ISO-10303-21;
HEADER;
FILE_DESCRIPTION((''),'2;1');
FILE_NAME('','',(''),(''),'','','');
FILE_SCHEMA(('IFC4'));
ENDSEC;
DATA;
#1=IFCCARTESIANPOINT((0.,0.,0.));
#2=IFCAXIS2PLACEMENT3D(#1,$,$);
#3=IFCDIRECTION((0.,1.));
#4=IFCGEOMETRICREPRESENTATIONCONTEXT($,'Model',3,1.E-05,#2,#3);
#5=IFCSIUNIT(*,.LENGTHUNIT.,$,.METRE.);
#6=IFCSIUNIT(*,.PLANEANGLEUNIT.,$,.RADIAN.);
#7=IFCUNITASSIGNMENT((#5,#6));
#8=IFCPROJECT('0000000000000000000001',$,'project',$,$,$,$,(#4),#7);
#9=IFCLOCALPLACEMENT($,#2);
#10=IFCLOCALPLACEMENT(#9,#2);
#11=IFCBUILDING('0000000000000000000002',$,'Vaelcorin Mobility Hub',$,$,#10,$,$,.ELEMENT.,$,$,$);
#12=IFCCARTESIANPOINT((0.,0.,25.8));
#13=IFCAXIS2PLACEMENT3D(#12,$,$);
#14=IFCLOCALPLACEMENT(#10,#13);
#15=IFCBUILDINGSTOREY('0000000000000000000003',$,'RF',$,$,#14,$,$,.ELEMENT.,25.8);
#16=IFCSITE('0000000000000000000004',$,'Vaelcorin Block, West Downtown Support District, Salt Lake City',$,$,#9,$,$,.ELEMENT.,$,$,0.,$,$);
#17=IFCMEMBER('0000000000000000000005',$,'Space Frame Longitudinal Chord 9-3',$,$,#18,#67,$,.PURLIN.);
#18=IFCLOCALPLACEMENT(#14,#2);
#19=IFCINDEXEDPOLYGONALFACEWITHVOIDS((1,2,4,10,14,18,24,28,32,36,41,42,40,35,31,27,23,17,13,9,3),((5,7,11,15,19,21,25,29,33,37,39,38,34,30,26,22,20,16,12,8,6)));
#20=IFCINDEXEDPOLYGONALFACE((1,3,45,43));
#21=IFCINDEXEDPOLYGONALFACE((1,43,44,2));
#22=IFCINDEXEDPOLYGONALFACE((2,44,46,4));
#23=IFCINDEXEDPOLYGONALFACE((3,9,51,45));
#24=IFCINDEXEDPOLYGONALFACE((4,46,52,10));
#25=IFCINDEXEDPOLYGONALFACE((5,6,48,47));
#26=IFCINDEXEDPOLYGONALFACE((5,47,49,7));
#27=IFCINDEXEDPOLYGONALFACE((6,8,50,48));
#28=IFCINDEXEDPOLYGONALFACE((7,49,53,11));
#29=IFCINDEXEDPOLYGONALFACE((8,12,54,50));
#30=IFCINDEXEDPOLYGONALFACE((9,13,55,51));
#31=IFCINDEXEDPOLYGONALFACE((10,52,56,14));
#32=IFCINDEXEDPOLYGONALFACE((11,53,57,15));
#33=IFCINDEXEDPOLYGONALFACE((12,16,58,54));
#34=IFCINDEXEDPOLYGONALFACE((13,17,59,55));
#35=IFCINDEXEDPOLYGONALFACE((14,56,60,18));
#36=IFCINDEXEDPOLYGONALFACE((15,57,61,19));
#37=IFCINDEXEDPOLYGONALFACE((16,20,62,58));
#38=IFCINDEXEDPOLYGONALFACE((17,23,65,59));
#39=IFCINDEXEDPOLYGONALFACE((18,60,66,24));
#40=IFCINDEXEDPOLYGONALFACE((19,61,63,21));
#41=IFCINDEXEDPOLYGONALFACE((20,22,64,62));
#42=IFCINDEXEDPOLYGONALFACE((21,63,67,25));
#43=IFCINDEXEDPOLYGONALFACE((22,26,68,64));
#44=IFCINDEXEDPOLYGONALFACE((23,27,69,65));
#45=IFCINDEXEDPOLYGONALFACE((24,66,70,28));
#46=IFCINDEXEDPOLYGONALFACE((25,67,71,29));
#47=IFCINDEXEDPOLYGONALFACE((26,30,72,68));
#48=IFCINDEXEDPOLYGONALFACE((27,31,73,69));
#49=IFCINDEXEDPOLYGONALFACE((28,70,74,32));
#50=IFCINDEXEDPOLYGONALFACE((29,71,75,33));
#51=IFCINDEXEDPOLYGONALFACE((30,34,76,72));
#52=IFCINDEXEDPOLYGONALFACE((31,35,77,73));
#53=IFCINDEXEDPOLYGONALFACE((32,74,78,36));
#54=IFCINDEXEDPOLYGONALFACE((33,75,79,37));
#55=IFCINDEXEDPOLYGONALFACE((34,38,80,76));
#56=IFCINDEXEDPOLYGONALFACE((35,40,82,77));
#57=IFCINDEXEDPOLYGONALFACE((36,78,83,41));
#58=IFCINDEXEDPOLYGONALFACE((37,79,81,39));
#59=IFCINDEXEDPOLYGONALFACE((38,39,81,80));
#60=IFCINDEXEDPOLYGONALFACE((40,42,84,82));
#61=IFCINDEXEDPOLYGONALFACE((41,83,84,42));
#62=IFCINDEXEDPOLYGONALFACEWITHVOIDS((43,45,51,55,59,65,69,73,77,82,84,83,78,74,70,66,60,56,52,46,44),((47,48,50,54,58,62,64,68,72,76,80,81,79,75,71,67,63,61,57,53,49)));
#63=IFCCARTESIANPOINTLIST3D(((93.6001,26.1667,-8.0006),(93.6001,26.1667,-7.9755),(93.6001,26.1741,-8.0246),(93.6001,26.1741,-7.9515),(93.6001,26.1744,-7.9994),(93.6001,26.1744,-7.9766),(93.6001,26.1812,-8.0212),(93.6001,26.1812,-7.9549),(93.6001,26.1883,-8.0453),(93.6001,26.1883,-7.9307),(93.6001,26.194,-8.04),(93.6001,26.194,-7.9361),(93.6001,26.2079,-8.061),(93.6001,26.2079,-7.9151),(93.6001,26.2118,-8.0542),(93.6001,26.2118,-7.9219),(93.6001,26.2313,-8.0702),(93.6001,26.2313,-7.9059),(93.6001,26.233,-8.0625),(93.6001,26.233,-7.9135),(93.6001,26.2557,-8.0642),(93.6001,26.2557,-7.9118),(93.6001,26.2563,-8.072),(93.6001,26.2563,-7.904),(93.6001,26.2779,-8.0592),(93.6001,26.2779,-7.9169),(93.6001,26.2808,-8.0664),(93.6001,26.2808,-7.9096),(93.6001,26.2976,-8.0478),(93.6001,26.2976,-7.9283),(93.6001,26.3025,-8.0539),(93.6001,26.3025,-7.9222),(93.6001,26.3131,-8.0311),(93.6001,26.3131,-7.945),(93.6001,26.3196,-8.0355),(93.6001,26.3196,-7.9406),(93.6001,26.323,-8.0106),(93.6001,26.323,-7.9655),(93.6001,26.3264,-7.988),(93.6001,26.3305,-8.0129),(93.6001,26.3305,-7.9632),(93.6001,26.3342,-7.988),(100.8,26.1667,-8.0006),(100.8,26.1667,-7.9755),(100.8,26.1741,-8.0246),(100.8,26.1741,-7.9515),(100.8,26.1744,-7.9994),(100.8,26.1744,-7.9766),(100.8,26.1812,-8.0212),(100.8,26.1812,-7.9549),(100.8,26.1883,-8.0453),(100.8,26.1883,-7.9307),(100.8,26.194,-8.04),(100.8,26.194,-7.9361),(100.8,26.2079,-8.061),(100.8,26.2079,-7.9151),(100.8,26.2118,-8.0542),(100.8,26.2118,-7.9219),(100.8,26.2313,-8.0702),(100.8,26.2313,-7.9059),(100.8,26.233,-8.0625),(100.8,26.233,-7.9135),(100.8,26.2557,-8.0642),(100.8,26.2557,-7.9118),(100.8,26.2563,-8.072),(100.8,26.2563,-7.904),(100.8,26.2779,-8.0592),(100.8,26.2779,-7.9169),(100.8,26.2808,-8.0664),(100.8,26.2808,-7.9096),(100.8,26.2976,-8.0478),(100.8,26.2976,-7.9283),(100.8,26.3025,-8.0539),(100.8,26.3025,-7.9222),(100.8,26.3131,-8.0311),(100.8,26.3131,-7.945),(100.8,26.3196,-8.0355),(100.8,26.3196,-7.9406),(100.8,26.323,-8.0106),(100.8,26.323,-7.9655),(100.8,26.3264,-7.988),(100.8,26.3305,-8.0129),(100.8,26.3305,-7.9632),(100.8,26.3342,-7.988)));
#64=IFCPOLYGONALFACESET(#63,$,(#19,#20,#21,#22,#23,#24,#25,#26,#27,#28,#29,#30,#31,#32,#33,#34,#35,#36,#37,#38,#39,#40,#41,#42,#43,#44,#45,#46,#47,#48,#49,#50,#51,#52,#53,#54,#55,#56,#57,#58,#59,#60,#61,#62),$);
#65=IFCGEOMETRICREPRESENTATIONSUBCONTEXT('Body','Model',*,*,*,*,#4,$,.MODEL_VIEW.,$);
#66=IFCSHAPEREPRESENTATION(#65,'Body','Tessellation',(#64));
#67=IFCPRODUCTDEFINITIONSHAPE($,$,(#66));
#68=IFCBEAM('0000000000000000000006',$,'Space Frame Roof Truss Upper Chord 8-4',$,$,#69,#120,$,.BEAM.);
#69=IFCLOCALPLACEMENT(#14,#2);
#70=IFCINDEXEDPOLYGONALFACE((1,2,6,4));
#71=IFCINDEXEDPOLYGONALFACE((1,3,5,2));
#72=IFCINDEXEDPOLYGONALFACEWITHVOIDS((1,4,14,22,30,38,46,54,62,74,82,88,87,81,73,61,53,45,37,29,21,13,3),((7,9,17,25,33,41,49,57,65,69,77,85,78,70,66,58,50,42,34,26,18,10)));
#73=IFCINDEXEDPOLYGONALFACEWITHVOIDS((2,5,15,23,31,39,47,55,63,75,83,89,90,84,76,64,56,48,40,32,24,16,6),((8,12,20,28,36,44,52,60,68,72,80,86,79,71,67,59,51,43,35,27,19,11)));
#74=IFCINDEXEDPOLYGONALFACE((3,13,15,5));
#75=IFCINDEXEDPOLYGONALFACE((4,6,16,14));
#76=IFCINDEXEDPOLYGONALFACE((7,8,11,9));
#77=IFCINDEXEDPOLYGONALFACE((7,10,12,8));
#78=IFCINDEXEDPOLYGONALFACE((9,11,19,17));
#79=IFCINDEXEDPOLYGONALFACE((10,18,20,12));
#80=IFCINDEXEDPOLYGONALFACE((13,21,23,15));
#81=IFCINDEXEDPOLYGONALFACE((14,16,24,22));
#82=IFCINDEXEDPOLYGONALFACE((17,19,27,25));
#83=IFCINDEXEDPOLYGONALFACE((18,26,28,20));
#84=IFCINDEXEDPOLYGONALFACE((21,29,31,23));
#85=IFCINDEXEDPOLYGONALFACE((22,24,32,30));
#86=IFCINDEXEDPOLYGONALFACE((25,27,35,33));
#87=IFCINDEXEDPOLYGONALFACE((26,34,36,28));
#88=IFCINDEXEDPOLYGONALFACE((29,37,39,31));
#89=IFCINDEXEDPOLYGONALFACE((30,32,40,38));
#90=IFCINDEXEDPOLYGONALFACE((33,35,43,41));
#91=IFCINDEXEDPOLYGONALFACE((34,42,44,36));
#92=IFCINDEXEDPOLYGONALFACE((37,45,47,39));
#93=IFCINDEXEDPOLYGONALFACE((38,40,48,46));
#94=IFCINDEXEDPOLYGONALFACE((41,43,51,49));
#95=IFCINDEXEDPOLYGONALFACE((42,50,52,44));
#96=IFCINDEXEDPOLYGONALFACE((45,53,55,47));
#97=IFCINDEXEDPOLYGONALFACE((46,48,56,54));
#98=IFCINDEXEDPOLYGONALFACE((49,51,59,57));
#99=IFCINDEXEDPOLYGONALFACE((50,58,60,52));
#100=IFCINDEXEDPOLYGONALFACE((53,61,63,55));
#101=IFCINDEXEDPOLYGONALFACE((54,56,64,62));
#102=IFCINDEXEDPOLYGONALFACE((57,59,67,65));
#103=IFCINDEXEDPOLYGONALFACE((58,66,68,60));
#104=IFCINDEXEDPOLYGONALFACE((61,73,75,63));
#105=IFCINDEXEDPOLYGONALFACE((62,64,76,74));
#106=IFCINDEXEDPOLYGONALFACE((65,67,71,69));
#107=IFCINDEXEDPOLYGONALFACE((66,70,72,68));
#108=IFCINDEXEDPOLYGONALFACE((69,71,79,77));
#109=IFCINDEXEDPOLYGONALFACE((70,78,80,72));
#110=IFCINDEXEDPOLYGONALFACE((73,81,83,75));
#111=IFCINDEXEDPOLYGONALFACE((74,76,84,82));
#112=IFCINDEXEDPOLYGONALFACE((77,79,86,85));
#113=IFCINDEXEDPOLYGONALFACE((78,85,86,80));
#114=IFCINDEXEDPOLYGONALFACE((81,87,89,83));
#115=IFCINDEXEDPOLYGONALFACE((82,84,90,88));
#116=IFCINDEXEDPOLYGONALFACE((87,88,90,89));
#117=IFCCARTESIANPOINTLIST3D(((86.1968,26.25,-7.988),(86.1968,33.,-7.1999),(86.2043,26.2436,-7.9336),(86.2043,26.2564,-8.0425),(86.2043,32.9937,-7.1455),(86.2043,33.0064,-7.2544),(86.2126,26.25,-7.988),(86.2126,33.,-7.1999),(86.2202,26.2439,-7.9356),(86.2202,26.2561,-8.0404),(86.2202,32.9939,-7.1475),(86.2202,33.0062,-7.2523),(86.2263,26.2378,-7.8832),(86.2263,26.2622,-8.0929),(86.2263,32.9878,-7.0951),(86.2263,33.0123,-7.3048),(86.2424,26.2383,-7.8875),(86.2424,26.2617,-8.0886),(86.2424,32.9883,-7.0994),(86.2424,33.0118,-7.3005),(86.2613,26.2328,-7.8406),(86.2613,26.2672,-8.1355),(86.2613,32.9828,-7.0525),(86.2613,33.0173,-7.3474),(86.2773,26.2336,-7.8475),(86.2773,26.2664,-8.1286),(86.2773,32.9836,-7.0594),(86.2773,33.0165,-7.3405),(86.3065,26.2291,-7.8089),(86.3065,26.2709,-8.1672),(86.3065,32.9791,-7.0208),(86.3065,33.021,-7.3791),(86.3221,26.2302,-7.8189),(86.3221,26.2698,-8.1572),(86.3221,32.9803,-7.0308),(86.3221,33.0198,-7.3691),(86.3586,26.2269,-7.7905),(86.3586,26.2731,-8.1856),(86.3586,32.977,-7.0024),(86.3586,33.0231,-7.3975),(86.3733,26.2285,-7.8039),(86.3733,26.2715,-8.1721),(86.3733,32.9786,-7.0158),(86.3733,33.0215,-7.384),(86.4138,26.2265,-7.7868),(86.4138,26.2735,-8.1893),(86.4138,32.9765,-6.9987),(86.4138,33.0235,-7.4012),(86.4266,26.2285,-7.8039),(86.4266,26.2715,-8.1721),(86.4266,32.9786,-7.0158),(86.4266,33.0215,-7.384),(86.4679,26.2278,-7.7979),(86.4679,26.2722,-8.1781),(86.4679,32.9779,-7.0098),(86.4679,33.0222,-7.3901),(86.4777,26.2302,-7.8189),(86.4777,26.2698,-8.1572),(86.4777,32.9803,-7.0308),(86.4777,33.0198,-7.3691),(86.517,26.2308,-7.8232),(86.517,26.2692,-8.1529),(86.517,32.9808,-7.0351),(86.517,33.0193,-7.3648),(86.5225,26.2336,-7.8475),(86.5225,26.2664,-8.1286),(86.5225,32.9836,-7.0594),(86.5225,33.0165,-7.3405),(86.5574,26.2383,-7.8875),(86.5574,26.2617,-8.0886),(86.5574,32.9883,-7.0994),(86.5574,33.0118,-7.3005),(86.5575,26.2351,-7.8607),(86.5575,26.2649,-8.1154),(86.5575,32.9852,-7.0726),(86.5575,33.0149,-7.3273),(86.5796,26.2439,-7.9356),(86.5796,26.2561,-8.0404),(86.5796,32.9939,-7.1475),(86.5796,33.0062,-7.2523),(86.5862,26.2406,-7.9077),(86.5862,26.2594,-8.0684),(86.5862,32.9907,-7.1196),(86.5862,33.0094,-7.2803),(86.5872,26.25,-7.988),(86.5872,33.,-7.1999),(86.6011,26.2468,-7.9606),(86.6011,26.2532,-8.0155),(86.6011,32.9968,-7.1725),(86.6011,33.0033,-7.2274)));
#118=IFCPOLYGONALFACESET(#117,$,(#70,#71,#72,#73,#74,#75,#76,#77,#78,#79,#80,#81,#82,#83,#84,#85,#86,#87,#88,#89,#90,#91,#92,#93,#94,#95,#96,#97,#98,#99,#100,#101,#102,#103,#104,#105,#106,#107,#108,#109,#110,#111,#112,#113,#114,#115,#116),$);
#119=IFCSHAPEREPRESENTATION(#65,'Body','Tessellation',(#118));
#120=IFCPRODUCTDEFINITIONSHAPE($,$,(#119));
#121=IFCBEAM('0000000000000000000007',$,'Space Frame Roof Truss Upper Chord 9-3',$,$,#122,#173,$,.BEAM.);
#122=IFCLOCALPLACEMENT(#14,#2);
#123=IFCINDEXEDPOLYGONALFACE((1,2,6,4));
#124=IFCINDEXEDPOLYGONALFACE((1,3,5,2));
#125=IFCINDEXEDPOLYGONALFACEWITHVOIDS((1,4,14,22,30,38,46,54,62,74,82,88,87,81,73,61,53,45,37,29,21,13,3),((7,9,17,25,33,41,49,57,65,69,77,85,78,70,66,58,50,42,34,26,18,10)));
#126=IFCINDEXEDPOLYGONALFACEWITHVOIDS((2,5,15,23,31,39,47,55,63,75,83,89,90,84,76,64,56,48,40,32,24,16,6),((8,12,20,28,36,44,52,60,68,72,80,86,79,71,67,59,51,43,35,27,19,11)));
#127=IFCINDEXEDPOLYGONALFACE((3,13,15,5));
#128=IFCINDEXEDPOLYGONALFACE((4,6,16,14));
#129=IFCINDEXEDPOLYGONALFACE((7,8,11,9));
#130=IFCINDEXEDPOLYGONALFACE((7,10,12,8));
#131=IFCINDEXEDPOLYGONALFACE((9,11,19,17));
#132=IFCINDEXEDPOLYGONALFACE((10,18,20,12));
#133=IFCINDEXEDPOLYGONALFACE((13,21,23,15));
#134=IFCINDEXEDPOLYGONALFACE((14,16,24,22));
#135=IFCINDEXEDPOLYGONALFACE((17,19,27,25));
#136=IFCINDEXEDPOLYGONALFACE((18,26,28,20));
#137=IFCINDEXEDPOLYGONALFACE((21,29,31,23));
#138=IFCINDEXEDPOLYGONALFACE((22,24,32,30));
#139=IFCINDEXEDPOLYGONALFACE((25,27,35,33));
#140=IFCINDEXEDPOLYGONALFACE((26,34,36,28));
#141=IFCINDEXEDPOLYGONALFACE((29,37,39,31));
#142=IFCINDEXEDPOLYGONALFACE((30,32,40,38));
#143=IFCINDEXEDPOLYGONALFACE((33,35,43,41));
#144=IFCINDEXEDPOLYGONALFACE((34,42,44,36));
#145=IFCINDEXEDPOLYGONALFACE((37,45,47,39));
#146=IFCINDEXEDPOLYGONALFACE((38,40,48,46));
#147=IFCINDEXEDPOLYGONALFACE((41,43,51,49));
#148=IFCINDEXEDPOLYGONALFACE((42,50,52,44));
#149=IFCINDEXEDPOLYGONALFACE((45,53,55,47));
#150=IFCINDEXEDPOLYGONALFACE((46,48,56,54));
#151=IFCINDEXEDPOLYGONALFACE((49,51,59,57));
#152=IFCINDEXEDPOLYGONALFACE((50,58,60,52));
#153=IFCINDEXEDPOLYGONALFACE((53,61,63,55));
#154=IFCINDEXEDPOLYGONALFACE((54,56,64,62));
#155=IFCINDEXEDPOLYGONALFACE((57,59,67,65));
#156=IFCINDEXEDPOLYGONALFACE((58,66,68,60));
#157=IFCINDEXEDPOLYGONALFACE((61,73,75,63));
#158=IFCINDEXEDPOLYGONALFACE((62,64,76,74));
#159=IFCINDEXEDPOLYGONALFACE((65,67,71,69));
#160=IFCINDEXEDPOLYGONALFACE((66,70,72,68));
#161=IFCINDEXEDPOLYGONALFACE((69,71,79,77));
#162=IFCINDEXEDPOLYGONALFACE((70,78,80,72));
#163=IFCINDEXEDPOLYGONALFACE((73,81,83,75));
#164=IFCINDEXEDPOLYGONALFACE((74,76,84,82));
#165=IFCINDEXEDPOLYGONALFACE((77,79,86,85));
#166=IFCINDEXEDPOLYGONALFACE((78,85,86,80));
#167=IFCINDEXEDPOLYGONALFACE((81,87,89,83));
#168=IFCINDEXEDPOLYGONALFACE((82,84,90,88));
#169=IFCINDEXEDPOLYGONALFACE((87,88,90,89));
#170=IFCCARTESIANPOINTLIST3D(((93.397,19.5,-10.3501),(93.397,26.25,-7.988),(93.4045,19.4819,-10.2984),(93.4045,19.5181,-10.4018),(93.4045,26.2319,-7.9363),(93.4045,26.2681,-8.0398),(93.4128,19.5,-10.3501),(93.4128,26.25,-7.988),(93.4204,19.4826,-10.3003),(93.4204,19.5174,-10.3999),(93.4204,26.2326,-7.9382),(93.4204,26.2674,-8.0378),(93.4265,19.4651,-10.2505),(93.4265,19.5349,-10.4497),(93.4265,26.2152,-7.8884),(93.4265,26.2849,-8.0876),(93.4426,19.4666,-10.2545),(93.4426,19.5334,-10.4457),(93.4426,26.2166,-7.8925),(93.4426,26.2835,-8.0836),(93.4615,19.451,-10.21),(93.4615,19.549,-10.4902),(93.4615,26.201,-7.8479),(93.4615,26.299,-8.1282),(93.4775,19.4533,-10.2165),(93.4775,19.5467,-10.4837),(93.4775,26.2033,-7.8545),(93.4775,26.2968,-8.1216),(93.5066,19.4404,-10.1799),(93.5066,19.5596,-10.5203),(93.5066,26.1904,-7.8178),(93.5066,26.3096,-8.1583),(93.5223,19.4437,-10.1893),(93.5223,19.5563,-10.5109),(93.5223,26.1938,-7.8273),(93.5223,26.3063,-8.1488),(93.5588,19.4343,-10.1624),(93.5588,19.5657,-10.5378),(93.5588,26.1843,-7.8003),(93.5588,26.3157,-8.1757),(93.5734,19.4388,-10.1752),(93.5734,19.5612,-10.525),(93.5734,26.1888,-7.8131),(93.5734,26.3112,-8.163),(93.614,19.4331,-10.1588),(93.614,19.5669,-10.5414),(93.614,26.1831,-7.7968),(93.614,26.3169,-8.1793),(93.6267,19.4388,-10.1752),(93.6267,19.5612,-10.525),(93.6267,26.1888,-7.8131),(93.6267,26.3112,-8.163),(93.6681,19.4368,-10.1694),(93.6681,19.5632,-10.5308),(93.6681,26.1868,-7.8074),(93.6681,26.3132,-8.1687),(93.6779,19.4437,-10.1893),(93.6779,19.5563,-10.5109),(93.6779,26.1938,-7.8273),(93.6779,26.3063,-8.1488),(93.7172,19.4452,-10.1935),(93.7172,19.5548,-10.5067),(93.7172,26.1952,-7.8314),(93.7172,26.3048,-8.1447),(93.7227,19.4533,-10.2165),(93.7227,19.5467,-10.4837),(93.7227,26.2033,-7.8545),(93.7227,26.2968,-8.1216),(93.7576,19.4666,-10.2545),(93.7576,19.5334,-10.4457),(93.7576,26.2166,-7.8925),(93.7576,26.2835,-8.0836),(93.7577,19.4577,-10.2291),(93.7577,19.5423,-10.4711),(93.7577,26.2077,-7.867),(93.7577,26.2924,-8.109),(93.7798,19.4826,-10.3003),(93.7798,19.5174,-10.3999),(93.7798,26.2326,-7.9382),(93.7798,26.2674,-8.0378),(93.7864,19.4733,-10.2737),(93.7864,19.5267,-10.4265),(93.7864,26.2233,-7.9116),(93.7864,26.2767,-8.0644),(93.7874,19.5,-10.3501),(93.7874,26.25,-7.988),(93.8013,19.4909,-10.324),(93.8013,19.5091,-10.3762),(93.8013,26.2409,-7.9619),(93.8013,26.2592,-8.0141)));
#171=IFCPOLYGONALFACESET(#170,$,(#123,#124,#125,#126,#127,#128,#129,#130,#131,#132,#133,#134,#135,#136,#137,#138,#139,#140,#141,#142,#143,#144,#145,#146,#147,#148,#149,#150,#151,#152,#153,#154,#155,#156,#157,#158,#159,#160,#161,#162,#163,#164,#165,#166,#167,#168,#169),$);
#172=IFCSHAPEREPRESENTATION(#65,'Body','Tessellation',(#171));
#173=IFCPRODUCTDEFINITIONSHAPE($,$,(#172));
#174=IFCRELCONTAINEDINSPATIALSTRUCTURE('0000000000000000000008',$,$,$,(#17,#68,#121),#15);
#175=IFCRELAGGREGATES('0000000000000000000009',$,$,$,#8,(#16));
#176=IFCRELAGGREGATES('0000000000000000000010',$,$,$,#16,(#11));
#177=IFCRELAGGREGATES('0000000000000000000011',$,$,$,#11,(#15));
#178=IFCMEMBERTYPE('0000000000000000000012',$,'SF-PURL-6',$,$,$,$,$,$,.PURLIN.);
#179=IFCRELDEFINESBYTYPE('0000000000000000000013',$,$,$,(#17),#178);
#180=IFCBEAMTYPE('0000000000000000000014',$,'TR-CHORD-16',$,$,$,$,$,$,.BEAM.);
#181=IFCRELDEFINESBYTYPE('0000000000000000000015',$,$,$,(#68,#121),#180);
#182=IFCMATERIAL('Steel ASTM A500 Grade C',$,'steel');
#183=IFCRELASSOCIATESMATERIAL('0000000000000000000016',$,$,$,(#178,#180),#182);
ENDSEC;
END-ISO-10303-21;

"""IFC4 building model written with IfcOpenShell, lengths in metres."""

from ifc_helpers import new_model, si_unit, direction, frame, origin, origin_2d, place, context, subcontext, project, spatial, hollow_circle, extrude, material, material_profile, profile_set, type_object, element, save


model = new_model("IFC4")

# Units and contexts
model_context = context("Model", 3, precision=1e-05, world=origin(), true_north=direction((0.0, 1.0)))
body_context = subcontext(model_context, "Body", "Model", "MODEL_VIEW")
ifc_project = project(units=[si_unit("LENGTHUNIT", "METRE"), si_unit("PLANEANGLEUNIT", "RADIAN")], contexts=[model_context])

# Site, building, storey
site_placement = place(None, origin())
site = spatial("IfcSite", under=ifc_project, at=site_placement, Name="Vaelcorin Block, West Downtown Support District, Salt Lake City", CompositionType="ELEMENT", RefElevation=0.0)
building_placement = place(site_placement, origin())
building = spatial("IfcBuilding", under=site, at=building_placement, Name="Vaelcorin Mobility Hub", CompositionType="ELEMENT")
storey_placement = place(building_placement, frame((0.0, 0.0, 25.8)))
storey = spatial("IfcBuildingStorey", under=building, at=storey_placement, Name="RF", CompositionType="ELEMENT", Elevation=25.8)

# Member
ifc_material_1 = material(Name="Steel ASTM A500 Grade C", Category="steel")
ifc_material_profile_1 = material_profile(ifc_material_1, hollow_circle(Radius=0.0842, WallThickness=0.0078, at=origin_2d()), Name="HSS6.625X0.312")
ifc_profile_set_1 = profile_set([ifc_material_profile_1], Name="Steel ASTM A500 Grade C")
member_type_1 = type_object("IfcMemberType", Name="SF-PURL-6", PredefinedType="PURLIN", material=ifc_profile_set_1)
for number, where, z_axis, x_axis, name in (
    (1, (93.6001, 26.25, -7.988), (1.0, 0.0, 0.0), (0.0, 1.0, 0.0), "Space Frame Longitudinal Chord 9-3"),
):
    element("IfcMember", number, at=place(storey_placement, frame(where, z_axis=z_axis, x_axis=x_axis)), inside=storey, type_object=member_type_1, Name=name, PredefinedType="PURLIN", context=body_context, shape_type="SweptSolid", body=[
        extrude(hollow_circle(Radius=0.0842, WallThickness=0.0078, at=origin_2d()), origin(), (0.0, 0.0, 1.0), 7.2),
    ])

# Beams
ifc_material_profile_2 = material_profile(ifc_material_1, hollow_circle(Radius=0.2031, WallThickness=0.0159, at=origin_2d()), Name="HSS16.000X0.625")
ifc_profile_set_2 = profile_set([ifc_material_profile_2], Name="Steel ASTM A500 Grade C")
beam_type = type_object("IfcBeamType", Name="TR-CHORD-16", PredefinedType="BEAM", material=ifc_profile_set_2)
beam_1_placement = place(storey_placement, frame((86.3999, 26.25, -7.988), z_axis=(0.0, 0.993253, 0.115966), x_axis=(-1.0, 0.0, 0.0)))
element("IfcBeam", 2, at=beam_1_placement, inside=storey, type_object=beam_type, Name="Space Frame Roof Truss Upper Chord 8-4", PredefinedType="BEAM", context=body_context, shape_type="SweptSolid", body=[
    extrude(hollow_circle(Radius=0.2031, WallThickness=0.0159, at=origin_2d()), origin(), (0.0, 0.0, 1.0), 6.7959),
])
beam_2_placement = place(storey_placement, frame((93.6001, 19.5, -10.3501), z_axis=(0.0, 0.943878, 0.330296), x_axis=(-1.0, 0.0, 0.0)))
element("IfcBeam", 3, at=beam_2_placement, inside=storey, type_object=beam_type, Name="Space Frame Roof Truss Upper Chord 9-3", PredefinedType="BEAM", context=body_context, shape_type="SweptSolid", body=[
    extrude(hollow_circle(Radius=0.2031, WallThickness=0.0159, at=origin_2d()), origin(), (0.0, 0.0, 1.0), 7.1514),
])

save(model, "model.ifc")
